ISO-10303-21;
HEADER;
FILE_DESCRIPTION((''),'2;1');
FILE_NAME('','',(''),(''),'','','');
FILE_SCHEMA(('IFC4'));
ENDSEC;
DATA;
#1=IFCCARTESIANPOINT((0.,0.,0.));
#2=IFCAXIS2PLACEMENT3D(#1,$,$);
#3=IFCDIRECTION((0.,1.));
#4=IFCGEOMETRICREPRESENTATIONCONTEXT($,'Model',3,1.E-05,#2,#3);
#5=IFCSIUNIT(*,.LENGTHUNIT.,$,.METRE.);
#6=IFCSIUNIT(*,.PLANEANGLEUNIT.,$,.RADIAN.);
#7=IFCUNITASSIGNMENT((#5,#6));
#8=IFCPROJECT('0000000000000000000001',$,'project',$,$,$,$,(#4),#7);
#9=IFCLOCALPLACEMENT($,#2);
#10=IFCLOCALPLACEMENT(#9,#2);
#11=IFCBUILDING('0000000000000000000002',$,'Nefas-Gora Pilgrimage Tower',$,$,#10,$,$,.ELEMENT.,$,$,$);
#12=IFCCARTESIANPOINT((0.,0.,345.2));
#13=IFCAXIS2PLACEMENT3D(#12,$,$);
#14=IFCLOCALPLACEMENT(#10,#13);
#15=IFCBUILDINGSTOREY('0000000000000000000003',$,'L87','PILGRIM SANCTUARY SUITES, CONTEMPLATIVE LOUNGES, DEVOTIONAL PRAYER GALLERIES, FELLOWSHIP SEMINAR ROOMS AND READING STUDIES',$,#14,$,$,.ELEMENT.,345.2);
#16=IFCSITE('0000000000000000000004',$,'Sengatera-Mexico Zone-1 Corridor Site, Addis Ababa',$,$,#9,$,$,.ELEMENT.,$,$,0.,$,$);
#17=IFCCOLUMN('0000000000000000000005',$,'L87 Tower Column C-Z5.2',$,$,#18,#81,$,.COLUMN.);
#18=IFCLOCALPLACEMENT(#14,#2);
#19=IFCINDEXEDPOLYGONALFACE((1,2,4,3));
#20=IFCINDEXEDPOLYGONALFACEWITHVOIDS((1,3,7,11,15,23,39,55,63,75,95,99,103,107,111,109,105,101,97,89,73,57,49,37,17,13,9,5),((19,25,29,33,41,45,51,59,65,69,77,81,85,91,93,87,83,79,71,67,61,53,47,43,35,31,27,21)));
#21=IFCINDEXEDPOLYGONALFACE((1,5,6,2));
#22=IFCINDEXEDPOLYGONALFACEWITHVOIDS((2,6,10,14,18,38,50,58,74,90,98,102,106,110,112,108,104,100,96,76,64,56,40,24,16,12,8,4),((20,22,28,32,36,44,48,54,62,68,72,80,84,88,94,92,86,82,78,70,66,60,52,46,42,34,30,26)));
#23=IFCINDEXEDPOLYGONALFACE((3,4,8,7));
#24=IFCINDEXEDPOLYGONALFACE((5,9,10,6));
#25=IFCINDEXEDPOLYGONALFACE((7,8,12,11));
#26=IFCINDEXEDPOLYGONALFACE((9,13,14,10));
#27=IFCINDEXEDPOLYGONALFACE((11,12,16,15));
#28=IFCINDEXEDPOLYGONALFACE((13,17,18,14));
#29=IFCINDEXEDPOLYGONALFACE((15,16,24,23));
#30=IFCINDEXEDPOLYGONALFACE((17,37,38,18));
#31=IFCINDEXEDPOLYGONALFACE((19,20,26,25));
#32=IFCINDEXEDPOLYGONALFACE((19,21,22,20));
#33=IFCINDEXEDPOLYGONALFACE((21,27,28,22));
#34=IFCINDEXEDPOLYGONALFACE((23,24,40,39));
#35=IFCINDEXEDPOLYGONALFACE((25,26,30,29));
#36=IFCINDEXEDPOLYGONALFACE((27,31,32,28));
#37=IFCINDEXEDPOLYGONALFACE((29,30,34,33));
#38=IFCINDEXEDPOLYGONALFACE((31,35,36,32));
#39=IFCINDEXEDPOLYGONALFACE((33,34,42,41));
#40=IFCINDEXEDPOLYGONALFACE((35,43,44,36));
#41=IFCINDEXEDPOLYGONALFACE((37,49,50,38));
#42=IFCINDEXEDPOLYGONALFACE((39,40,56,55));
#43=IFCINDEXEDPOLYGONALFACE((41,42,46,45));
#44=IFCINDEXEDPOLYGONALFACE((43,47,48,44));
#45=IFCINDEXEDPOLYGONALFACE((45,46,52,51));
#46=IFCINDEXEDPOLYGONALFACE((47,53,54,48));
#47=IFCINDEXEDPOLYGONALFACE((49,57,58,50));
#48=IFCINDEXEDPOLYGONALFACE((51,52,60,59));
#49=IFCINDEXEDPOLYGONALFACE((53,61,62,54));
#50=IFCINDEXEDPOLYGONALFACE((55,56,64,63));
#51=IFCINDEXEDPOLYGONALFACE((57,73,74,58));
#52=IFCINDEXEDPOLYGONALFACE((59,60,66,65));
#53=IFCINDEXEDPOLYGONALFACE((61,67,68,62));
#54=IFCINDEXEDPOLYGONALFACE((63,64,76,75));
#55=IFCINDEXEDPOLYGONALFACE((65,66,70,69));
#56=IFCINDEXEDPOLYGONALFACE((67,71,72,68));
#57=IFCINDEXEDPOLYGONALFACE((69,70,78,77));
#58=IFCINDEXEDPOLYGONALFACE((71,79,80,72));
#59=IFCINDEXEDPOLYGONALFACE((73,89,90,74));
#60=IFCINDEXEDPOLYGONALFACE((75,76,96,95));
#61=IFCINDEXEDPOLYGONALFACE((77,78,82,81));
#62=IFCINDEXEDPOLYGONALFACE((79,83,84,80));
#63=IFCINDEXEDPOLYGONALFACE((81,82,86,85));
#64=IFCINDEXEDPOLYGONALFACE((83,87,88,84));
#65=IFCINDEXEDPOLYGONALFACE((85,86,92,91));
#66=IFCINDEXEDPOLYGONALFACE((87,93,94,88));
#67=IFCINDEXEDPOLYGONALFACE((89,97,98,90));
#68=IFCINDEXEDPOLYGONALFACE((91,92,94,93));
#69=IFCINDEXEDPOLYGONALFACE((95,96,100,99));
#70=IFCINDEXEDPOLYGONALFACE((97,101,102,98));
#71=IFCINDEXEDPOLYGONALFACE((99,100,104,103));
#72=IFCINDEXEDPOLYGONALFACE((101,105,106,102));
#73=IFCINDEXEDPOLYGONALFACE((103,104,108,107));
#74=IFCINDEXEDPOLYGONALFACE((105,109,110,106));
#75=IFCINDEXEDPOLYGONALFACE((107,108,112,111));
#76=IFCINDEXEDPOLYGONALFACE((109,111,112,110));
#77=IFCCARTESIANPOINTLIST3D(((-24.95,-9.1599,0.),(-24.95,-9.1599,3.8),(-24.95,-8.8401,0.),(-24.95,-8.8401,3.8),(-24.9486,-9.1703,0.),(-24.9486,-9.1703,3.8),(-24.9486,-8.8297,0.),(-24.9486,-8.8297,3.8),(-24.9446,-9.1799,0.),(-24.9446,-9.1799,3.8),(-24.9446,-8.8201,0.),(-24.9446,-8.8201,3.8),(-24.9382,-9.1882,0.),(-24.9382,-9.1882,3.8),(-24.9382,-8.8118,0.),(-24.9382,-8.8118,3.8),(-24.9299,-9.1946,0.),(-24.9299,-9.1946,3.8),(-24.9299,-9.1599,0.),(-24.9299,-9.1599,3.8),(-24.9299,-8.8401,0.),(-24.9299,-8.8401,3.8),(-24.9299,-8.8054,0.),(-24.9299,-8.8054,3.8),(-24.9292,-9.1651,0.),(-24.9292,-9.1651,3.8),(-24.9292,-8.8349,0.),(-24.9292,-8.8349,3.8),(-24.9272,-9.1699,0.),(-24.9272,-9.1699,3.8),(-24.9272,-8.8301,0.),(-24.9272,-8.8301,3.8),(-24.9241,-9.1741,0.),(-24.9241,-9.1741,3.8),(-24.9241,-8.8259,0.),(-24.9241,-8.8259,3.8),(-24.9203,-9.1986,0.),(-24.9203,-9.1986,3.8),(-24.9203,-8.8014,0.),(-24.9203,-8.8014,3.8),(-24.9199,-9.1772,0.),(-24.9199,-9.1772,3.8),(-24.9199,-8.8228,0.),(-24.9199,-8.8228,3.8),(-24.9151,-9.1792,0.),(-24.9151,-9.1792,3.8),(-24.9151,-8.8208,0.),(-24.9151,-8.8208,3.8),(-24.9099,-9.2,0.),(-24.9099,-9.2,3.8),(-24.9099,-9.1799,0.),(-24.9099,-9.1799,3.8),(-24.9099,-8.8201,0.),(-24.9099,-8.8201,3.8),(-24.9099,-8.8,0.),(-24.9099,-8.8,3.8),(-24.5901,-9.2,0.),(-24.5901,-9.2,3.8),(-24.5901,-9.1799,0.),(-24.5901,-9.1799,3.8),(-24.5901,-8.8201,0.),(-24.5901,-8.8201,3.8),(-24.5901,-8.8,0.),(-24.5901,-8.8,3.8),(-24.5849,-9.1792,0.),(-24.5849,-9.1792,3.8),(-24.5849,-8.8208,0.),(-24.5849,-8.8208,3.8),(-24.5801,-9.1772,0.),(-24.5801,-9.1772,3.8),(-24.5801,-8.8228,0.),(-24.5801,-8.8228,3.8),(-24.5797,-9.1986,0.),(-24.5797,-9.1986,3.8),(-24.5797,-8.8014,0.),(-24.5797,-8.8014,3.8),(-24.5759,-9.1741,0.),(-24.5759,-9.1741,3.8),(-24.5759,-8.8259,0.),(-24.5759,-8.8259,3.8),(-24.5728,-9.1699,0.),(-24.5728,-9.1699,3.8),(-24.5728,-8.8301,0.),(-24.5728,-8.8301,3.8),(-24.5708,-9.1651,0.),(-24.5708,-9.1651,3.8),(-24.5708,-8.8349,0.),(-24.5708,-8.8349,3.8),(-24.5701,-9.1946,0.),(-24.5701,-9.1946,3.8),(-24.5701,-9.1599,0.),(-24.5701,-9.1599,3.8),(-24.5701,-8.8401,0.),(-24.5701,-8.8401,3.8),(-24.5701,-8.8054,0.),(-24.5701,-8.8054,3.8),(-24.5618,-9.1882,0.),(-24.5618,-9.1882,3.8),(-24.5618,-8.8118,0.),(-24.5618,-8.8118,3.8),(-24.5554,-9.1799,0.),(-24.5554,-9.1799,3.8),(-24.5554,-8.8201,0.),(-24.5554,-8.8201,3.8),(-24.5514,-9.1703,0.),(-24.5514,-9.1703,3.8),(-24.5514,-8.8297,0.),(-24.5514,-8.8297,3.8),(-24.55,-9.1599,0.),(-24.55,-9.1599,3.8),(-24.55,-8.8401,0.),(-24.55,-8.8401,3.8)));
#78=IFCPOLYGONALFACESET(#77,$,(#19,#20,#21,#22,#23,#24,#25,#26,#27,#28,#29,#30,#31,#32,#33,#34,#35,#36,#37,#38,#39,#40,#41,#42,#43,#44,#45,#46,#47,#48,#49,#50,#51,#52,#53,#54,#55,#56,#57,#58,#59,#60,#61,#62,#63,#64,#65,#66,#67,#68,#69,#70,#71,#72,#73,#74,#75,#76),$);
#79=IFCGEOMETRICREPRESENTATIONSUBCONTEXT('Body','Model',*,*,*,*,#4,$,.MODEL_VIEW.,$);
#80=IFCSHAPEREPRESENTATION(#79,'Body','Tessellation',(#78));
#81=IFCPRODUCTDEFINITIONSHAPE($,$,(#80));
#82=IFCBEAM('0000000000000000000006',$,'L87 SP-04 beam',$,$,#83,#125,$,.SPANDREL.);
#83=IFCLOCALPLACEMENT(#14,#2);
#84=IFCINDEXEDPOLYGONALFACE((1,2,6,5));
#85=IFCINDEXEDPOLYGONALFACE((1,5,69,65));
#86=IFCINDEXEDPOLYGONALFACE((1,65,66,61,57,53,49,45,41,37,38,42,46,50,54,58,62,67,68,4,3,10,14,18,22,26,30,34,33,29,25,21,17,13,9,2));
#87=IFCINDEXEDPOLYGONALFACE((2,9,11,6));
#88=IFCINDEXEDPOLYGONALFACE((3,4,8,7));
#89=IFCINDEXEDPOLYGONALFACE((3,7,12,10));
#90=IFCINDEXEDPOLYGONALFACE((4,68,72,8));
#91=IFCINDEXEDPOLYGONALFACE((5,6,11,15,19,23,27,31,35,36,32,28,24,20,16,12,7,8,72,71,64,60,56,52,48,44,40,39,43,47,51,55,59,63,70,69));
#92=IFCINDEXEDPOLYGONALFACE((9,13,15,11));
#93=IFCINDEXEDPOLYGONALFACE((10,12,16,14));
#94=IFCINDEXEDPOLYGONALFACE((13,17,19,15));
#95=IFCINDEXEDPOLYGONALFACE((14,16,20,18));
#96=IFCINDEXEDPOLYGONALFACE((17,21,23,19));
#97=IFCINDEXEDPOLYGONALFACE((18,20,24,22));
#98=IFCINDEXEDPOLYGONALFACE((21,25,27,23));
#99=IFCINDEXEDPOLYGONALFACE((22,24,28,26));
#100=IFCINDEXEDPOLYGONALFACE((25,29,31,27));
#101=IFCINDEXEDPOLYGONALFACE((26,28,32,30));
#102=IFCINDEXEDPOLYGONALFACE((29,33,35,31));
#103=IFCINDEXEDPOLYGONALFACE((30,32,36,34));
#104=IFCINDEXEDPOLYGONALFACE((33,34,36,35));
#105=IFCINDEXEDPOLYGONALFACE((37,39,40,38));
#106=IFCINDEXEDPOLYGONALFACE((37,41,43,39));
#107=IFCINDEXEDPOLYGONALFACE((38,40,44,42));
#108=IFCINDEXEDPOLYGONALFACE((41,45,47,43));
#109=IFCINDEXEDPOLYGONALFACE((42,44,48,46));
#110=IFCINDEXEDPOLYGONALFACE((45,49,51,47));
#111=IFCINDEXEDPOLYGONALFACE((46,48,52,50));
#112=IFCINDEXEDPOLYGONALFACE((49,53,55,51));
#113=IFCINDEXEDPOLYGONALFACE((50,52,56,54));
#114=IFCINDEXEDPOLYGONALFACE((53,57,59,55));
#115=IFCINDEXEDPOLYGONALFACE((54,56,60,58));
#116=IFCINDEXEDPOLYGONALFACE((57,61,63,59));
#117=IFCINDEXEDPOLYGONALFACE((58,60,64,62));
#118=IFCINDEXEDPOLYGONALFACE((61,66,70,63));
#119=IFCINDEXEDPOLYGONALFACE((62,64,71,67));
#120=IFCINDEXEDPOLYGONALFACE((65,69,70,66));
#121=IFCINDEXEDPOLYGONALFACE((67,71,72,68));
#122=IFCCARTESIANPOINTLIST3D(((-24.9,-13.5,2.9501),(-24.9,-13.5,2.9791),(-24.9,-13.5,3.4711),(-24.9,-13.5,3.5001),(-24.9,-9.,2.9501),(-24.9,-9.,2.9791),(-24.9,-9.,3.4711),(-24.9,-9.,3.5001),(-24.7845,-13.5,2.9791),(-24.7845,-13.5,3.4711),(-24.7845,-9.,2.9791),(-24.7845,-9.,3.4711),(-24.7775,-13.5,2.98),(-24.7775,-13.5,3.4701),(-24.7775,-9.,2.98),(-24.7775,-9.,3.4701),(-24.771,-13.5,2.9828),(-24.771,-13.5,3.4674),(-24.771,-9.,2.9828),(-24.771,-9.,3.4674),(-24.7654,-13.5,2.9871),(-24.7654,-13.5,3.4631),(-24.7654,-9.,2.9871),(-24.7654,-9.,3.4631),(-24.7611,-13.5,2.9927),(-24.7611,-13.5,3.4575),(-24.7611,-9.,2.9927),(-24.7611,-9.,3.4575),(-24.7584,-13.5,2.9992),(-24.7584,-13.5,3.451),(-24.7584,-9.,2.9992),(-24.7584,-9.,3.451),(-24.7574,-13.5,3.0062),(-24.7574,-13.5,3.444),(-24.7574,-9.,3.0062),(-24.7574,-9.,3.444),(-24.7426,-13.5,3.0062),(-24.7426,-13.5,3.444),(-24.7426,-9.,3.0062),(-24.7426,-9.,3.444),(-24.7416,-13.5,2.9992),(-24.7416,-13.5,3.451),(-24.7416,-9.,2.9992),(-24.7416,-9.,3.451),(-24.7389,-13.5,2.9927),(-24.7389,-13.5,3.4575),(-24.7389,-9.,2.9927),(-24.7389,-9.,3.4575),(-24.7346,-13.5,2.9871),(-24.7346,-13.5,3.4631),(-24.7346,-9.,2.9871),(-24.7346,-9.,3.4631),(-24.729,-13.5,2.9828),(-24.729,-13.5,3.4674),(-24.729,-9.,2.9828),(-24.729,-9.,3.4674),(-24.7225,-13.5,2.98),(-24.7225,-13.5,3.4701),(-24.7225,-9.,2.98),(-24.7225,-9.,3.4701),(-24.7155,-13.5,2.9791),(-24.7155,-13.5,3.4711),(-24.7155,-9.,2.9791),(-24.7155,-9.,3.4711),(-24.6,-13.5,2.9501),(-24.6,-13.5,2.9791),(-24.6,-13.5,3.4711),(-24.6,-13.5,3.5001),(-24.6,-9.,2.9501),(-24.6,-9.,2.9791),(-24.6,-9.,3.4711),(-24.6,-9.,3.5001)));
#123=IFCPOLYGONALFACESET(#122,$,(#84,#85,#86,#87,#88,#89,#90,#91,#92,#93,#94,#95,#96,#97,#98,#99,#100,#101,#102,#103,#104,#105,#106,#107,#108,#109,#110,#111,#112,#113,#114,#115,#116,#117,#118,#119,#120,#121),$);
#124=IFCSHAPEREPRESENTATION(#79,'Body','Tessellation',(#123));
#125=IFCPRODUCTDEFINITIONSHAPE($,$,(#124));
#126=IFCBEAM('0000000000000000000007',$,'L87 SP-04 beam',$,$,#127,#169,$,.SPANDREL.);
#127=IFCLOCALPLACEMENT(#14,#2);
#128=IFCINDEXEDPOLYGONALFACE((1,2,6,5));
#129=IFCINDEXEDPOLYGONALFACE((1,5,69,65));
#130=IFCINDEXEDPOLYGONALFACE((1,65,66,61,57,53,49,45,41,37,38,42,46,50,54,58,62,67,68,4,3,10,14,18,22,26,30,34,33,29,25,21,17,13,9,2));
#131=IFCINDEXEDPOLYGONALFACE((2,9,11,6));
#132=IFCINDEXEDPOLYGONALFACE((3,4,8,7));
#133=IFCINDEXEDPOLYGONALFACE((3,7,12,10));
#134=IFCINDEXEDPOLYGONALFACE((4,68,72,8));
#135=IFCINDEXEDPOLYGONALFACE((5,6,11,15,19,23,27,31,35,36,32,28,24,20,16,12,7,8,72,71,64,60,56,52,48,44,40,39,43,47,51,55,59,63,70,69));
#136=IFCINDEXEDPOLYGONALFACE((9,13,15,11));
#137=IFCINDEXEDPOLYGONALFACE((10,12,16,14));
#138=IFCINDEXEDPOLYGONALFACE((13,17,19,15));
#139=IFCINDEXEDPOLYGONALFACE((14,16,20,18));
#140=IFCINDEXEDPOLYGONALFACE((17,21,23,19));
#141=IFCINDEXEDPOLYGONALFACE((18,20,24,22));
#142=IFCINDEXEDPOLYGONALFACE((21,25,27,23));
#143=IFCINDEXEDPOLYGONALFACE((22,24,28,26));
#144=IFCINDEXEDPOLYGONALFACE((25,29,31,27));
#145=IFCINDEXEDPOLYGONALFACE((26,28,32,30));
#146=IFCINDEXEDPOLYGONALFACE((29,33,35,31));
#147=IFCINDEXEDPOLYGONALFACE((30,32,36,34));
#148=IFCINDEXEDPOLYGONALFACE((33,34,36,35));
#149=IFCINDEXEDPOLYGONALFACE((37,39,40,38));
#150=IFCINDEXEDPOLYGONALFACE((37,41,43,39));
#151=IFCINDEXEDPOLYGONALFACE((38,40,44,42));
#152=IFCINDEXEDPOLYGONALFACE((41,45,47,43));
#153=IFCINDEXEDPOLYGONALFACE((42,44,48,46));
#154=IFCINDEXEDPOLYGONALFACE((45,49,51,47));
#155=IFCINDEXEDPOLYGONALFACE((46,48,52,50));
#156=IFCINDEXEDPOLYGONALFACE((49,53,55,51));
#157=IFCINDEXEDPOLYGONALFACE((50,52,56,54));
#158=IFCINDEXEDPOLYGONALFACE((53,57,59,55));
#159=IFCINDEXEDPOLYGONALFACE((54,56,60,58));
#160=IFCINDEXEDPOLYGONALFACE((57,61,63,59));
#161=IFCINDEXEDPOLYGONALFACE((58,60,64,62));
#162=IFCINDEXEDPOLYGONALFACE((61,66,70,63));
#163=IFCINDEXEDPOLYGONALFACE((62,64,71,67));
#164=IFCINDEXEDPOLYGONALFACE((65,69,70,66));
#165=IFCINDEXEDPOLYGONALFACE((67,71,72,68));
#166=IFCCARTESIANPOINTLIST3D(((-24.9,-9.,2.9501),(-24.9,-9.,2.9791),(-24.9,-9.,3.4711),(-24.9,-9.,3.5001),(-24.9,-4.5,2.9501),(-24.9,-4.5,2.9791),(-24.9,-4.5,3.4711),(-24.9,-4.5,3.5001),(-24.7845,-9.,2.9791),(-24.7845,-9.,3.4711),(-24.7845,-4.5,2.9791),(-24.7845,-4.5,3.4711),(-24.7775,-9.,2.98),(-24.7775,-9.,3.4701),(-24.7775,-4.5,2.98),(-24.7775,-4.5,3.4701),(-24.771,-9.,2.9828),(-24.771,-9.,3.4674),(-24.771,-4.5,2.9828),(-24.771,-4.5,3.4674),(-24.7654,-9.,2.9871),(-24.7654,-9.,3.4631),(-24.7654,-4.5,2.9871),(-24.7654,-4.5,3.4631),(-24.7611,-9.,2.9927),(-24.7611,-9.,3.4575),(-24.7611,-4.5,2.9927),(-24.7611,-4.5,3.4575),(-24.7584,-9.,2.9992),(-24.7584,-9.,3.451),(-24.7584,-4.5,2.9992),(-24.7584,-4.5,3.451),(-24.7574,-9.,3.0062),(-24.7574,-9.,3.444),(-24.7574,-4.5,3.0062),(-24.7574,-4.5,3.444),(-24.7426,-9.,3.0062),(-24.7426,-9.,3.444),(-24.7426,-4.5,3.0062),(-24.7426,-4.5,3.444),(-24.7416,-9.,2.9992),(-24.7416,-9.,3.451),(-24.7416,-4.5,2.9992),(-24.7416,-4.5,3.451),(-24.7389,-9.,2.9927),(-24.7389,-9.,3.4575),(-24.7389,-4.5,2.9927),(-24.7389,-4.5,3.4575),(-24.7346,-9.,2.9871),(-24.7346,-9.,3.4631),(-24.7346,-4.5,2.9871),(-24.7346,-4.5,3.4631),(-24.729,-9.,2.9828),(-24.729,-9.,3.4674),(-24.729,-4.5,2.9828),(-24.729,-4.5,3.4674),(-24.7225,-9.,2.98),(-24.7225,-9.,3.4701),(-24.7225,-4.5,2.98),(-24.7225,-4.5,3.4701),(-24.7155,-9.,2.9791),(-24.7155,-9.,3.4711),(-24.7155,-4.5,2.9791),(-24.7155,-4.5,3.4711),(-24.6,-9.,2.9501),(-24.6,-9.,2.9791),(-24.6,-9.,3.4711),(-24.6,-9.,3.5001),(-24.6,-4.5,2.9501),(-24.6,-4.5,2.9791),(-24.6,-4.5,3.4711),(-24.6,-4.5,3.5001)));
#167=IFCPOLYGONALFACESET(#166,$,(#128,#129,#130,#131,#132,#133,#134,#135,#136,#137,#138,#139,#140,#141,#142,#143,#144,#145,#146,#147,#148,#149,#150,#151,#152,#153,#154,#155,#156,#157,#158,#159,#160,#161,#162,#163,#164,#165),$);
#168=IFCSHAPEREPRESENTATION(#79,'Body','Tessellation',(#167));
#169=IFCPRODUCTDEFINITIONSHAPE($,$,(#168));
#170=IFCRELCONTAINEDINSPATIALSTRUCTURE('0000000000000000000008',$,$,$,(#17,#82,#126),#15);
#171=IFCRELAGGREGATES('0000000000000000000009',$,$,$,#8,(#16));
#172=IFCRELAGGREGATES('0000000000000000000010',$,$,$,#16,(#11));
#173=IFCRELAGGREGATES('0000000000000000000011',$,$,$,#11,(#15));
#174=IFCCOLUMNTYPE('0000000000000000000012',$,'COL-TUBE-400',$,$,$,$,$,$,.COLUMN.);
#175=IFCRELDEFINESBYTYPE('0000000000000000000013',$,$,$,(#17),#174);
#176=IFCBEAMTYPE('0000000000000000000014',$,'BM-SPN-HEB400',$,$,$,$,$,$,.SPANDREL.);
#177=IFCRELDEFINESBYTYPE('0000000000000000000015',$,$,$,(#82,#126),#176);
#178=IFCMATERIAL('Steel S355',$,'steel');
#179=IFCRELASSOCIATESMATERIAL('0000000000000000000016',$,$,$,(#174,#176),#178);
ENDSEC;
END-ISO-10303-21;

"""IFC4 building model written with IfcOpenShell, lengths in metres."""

from ifc_helpers import new_model, si_unit, direction, frame, origin, origin_2d, place, context, subcontext, project, spatial, hollow_rectangle, i_section, extrude, source, transform, mapped, material, material_profile, profile_set, type_object, element, save


model = new_model("IFC4")

# Units and contexts
model_context = context("Model", 3, precision=1e-05, world=origin(), true_north=direction((0.0, 1.0)))
body_context = subcontext(model_context, "Body", "Model", "MODEL_VIEW")
ifc_project = project(units=[si_unit("LENGTHUNIT", "METRE"), si_unit("PLANEANGLEUNIT", "RADIAN")], contexts=[model_context])

# Site, building, storey
site_placement = place(None, origin())
site = spatial("IfcSite", under=ifc_project, at=site_placement, Name="Sengatera-Mexico Zone-1 Corridor Site, Addis Ababa", CompositionType="ELEMENT", RefElevation=0.0)
building_placement = place(site_placement, origin())
building = spatial("IfcBuilding", under=site, at=building_placement, Name="Nefas-Gora Pilgrimage Tower", CompositionType="ELEMENT")
storey_placement = place(building_placement, frame((0.0, 0.0, 345.2)))
storey = spatial("IfcBuildingStorey", under=building, at=storey_placement, Name="L87", Description="PILGRIM SANCTUARY SUITES, CONTEMPLATIVE LOUNGES, DEVOTIONAL PRAYER GALLERIES, FELLOWSHIP SEMINAR ROOMS AND READING STUDIES", CompositionType="ELEMENT", Elevation=345.2)

# Column
ifc_material_1 = material(Name="Steel S355", Category="steel")
ifc_material_profile_1 = material_profile(ifc_material_1, hollow_rectangle(XDim=0.3999, YDim=0.3999, WallThickness=0.02, InnerFilletRadius=0.02, OuterFilletRadius=0.04, at=origin_2d()), Name="SHS 400x400x20")
ifc_profile_set_1 = profile_set([ifc_material_profile_1], Name="Steel S355")
column_type_1 = type_object("IfcColumnType", Name="COL-TUBE-400", PredefinedType="COLUMN", material=ifc_profile_set_1)
shared_shape_1 = source(origin(), body_context, "Body", "SweptSolid", [
    extrude(hollow_rectangle(XDim=0.3999, YDim=0.3999, WallThickness=0.02, InnerFilletRadius=0.02, OuterFilletRadius=0.04, at=origin_2d()), origin(), (0.0, 0.0, 1.0), 3.8),
])
for number, where, z_axis, x_axis, name in (
    (1, (-24.75, -9.0, 0.0), (0.0, 0.0, 1.0), (1.0, 0.0, 0.0), "L87 Tower Column C-Z5.2"),
):
    element("IfcColumn", number, at=place(storey_placement, frame(where, z_axis=z_axis, x_axis=x_axis)), inside=storey, type_object=column_type_1, Name=name, PredefinedType="COLUMN", context=body_context, shape_type="MappedRepresentation", body=[
        mapped(shared_shape_1, transform((0.0, 0.0, 0.0), x_axis=(1.0, 0.0, 0.0), y_axis=(0.0, 1.0, 0.0), z_axis=(0.0, 0.0, 1.0), scale=1.0)),
    ])

# Beams
ifc_material_profile_2 = material_profile(ifc_material_1, i_section(OverallWidth=0.3, OverallDepth=0.55, WebThickness=0.0149, FlangeThickness=0.0291, FilletRadius=0.0271, at=origin_2d()), Name="HEB 550")
ifc_profile_set_2 = profile_set([ifc_material_profile_2], Name="Steel S355")
beam_type_1 = type_object("IfcBeamType", Name="BM-SPN-HEB400", PredefinedType="SPANDREL", material=ifc_profile_set_2)
shared_shape_2 = source(origin(), body_context, "Body", "SweptSolid", [
    extrude(i_section(OverallWidth=0.3, OverallDepth=0.55, WebThickness=0.0149, FlangeThickness=0.0291, FilletRadius=0.0271, at=origin_2d()), origin(), (0.0, 0.0, 1.0), 4.5),
])
for number, where, z_axis, x_axis, name in (
    (2, (-24.75, -13.5, 3.2251), (0.0, 1.0, 0.0), (-1.0, 0.0, 0.0), "L87 SP-04 beam"),
    (3, (-24.75, -9.0, 3.2251), (0.0, 1.0, 0.0), (-1.0, 0.0, 0.0), "L87 SP-04 beam"),
):
    element("IfcBeam", number, at=place(storey_placement, frame(where, z_axis=z_axis, x_axis=x_axis)), inside=storey, type_object=beam_type_1, Name=name, PredefinedType="SPANDREL", context=body_context, shape_type="MappedRepresentation", body=[
        mapped(shared_shape_2, transform((0.0, 0.0, 0.0), x_axis=(1.0, 0.0, 0.0), y_axis=(0.0, 1.0, 0.0), z_axis=(0.0, 0.0, 1.0), scale=1.0)),
    ])

save(model, "model.ifc")
